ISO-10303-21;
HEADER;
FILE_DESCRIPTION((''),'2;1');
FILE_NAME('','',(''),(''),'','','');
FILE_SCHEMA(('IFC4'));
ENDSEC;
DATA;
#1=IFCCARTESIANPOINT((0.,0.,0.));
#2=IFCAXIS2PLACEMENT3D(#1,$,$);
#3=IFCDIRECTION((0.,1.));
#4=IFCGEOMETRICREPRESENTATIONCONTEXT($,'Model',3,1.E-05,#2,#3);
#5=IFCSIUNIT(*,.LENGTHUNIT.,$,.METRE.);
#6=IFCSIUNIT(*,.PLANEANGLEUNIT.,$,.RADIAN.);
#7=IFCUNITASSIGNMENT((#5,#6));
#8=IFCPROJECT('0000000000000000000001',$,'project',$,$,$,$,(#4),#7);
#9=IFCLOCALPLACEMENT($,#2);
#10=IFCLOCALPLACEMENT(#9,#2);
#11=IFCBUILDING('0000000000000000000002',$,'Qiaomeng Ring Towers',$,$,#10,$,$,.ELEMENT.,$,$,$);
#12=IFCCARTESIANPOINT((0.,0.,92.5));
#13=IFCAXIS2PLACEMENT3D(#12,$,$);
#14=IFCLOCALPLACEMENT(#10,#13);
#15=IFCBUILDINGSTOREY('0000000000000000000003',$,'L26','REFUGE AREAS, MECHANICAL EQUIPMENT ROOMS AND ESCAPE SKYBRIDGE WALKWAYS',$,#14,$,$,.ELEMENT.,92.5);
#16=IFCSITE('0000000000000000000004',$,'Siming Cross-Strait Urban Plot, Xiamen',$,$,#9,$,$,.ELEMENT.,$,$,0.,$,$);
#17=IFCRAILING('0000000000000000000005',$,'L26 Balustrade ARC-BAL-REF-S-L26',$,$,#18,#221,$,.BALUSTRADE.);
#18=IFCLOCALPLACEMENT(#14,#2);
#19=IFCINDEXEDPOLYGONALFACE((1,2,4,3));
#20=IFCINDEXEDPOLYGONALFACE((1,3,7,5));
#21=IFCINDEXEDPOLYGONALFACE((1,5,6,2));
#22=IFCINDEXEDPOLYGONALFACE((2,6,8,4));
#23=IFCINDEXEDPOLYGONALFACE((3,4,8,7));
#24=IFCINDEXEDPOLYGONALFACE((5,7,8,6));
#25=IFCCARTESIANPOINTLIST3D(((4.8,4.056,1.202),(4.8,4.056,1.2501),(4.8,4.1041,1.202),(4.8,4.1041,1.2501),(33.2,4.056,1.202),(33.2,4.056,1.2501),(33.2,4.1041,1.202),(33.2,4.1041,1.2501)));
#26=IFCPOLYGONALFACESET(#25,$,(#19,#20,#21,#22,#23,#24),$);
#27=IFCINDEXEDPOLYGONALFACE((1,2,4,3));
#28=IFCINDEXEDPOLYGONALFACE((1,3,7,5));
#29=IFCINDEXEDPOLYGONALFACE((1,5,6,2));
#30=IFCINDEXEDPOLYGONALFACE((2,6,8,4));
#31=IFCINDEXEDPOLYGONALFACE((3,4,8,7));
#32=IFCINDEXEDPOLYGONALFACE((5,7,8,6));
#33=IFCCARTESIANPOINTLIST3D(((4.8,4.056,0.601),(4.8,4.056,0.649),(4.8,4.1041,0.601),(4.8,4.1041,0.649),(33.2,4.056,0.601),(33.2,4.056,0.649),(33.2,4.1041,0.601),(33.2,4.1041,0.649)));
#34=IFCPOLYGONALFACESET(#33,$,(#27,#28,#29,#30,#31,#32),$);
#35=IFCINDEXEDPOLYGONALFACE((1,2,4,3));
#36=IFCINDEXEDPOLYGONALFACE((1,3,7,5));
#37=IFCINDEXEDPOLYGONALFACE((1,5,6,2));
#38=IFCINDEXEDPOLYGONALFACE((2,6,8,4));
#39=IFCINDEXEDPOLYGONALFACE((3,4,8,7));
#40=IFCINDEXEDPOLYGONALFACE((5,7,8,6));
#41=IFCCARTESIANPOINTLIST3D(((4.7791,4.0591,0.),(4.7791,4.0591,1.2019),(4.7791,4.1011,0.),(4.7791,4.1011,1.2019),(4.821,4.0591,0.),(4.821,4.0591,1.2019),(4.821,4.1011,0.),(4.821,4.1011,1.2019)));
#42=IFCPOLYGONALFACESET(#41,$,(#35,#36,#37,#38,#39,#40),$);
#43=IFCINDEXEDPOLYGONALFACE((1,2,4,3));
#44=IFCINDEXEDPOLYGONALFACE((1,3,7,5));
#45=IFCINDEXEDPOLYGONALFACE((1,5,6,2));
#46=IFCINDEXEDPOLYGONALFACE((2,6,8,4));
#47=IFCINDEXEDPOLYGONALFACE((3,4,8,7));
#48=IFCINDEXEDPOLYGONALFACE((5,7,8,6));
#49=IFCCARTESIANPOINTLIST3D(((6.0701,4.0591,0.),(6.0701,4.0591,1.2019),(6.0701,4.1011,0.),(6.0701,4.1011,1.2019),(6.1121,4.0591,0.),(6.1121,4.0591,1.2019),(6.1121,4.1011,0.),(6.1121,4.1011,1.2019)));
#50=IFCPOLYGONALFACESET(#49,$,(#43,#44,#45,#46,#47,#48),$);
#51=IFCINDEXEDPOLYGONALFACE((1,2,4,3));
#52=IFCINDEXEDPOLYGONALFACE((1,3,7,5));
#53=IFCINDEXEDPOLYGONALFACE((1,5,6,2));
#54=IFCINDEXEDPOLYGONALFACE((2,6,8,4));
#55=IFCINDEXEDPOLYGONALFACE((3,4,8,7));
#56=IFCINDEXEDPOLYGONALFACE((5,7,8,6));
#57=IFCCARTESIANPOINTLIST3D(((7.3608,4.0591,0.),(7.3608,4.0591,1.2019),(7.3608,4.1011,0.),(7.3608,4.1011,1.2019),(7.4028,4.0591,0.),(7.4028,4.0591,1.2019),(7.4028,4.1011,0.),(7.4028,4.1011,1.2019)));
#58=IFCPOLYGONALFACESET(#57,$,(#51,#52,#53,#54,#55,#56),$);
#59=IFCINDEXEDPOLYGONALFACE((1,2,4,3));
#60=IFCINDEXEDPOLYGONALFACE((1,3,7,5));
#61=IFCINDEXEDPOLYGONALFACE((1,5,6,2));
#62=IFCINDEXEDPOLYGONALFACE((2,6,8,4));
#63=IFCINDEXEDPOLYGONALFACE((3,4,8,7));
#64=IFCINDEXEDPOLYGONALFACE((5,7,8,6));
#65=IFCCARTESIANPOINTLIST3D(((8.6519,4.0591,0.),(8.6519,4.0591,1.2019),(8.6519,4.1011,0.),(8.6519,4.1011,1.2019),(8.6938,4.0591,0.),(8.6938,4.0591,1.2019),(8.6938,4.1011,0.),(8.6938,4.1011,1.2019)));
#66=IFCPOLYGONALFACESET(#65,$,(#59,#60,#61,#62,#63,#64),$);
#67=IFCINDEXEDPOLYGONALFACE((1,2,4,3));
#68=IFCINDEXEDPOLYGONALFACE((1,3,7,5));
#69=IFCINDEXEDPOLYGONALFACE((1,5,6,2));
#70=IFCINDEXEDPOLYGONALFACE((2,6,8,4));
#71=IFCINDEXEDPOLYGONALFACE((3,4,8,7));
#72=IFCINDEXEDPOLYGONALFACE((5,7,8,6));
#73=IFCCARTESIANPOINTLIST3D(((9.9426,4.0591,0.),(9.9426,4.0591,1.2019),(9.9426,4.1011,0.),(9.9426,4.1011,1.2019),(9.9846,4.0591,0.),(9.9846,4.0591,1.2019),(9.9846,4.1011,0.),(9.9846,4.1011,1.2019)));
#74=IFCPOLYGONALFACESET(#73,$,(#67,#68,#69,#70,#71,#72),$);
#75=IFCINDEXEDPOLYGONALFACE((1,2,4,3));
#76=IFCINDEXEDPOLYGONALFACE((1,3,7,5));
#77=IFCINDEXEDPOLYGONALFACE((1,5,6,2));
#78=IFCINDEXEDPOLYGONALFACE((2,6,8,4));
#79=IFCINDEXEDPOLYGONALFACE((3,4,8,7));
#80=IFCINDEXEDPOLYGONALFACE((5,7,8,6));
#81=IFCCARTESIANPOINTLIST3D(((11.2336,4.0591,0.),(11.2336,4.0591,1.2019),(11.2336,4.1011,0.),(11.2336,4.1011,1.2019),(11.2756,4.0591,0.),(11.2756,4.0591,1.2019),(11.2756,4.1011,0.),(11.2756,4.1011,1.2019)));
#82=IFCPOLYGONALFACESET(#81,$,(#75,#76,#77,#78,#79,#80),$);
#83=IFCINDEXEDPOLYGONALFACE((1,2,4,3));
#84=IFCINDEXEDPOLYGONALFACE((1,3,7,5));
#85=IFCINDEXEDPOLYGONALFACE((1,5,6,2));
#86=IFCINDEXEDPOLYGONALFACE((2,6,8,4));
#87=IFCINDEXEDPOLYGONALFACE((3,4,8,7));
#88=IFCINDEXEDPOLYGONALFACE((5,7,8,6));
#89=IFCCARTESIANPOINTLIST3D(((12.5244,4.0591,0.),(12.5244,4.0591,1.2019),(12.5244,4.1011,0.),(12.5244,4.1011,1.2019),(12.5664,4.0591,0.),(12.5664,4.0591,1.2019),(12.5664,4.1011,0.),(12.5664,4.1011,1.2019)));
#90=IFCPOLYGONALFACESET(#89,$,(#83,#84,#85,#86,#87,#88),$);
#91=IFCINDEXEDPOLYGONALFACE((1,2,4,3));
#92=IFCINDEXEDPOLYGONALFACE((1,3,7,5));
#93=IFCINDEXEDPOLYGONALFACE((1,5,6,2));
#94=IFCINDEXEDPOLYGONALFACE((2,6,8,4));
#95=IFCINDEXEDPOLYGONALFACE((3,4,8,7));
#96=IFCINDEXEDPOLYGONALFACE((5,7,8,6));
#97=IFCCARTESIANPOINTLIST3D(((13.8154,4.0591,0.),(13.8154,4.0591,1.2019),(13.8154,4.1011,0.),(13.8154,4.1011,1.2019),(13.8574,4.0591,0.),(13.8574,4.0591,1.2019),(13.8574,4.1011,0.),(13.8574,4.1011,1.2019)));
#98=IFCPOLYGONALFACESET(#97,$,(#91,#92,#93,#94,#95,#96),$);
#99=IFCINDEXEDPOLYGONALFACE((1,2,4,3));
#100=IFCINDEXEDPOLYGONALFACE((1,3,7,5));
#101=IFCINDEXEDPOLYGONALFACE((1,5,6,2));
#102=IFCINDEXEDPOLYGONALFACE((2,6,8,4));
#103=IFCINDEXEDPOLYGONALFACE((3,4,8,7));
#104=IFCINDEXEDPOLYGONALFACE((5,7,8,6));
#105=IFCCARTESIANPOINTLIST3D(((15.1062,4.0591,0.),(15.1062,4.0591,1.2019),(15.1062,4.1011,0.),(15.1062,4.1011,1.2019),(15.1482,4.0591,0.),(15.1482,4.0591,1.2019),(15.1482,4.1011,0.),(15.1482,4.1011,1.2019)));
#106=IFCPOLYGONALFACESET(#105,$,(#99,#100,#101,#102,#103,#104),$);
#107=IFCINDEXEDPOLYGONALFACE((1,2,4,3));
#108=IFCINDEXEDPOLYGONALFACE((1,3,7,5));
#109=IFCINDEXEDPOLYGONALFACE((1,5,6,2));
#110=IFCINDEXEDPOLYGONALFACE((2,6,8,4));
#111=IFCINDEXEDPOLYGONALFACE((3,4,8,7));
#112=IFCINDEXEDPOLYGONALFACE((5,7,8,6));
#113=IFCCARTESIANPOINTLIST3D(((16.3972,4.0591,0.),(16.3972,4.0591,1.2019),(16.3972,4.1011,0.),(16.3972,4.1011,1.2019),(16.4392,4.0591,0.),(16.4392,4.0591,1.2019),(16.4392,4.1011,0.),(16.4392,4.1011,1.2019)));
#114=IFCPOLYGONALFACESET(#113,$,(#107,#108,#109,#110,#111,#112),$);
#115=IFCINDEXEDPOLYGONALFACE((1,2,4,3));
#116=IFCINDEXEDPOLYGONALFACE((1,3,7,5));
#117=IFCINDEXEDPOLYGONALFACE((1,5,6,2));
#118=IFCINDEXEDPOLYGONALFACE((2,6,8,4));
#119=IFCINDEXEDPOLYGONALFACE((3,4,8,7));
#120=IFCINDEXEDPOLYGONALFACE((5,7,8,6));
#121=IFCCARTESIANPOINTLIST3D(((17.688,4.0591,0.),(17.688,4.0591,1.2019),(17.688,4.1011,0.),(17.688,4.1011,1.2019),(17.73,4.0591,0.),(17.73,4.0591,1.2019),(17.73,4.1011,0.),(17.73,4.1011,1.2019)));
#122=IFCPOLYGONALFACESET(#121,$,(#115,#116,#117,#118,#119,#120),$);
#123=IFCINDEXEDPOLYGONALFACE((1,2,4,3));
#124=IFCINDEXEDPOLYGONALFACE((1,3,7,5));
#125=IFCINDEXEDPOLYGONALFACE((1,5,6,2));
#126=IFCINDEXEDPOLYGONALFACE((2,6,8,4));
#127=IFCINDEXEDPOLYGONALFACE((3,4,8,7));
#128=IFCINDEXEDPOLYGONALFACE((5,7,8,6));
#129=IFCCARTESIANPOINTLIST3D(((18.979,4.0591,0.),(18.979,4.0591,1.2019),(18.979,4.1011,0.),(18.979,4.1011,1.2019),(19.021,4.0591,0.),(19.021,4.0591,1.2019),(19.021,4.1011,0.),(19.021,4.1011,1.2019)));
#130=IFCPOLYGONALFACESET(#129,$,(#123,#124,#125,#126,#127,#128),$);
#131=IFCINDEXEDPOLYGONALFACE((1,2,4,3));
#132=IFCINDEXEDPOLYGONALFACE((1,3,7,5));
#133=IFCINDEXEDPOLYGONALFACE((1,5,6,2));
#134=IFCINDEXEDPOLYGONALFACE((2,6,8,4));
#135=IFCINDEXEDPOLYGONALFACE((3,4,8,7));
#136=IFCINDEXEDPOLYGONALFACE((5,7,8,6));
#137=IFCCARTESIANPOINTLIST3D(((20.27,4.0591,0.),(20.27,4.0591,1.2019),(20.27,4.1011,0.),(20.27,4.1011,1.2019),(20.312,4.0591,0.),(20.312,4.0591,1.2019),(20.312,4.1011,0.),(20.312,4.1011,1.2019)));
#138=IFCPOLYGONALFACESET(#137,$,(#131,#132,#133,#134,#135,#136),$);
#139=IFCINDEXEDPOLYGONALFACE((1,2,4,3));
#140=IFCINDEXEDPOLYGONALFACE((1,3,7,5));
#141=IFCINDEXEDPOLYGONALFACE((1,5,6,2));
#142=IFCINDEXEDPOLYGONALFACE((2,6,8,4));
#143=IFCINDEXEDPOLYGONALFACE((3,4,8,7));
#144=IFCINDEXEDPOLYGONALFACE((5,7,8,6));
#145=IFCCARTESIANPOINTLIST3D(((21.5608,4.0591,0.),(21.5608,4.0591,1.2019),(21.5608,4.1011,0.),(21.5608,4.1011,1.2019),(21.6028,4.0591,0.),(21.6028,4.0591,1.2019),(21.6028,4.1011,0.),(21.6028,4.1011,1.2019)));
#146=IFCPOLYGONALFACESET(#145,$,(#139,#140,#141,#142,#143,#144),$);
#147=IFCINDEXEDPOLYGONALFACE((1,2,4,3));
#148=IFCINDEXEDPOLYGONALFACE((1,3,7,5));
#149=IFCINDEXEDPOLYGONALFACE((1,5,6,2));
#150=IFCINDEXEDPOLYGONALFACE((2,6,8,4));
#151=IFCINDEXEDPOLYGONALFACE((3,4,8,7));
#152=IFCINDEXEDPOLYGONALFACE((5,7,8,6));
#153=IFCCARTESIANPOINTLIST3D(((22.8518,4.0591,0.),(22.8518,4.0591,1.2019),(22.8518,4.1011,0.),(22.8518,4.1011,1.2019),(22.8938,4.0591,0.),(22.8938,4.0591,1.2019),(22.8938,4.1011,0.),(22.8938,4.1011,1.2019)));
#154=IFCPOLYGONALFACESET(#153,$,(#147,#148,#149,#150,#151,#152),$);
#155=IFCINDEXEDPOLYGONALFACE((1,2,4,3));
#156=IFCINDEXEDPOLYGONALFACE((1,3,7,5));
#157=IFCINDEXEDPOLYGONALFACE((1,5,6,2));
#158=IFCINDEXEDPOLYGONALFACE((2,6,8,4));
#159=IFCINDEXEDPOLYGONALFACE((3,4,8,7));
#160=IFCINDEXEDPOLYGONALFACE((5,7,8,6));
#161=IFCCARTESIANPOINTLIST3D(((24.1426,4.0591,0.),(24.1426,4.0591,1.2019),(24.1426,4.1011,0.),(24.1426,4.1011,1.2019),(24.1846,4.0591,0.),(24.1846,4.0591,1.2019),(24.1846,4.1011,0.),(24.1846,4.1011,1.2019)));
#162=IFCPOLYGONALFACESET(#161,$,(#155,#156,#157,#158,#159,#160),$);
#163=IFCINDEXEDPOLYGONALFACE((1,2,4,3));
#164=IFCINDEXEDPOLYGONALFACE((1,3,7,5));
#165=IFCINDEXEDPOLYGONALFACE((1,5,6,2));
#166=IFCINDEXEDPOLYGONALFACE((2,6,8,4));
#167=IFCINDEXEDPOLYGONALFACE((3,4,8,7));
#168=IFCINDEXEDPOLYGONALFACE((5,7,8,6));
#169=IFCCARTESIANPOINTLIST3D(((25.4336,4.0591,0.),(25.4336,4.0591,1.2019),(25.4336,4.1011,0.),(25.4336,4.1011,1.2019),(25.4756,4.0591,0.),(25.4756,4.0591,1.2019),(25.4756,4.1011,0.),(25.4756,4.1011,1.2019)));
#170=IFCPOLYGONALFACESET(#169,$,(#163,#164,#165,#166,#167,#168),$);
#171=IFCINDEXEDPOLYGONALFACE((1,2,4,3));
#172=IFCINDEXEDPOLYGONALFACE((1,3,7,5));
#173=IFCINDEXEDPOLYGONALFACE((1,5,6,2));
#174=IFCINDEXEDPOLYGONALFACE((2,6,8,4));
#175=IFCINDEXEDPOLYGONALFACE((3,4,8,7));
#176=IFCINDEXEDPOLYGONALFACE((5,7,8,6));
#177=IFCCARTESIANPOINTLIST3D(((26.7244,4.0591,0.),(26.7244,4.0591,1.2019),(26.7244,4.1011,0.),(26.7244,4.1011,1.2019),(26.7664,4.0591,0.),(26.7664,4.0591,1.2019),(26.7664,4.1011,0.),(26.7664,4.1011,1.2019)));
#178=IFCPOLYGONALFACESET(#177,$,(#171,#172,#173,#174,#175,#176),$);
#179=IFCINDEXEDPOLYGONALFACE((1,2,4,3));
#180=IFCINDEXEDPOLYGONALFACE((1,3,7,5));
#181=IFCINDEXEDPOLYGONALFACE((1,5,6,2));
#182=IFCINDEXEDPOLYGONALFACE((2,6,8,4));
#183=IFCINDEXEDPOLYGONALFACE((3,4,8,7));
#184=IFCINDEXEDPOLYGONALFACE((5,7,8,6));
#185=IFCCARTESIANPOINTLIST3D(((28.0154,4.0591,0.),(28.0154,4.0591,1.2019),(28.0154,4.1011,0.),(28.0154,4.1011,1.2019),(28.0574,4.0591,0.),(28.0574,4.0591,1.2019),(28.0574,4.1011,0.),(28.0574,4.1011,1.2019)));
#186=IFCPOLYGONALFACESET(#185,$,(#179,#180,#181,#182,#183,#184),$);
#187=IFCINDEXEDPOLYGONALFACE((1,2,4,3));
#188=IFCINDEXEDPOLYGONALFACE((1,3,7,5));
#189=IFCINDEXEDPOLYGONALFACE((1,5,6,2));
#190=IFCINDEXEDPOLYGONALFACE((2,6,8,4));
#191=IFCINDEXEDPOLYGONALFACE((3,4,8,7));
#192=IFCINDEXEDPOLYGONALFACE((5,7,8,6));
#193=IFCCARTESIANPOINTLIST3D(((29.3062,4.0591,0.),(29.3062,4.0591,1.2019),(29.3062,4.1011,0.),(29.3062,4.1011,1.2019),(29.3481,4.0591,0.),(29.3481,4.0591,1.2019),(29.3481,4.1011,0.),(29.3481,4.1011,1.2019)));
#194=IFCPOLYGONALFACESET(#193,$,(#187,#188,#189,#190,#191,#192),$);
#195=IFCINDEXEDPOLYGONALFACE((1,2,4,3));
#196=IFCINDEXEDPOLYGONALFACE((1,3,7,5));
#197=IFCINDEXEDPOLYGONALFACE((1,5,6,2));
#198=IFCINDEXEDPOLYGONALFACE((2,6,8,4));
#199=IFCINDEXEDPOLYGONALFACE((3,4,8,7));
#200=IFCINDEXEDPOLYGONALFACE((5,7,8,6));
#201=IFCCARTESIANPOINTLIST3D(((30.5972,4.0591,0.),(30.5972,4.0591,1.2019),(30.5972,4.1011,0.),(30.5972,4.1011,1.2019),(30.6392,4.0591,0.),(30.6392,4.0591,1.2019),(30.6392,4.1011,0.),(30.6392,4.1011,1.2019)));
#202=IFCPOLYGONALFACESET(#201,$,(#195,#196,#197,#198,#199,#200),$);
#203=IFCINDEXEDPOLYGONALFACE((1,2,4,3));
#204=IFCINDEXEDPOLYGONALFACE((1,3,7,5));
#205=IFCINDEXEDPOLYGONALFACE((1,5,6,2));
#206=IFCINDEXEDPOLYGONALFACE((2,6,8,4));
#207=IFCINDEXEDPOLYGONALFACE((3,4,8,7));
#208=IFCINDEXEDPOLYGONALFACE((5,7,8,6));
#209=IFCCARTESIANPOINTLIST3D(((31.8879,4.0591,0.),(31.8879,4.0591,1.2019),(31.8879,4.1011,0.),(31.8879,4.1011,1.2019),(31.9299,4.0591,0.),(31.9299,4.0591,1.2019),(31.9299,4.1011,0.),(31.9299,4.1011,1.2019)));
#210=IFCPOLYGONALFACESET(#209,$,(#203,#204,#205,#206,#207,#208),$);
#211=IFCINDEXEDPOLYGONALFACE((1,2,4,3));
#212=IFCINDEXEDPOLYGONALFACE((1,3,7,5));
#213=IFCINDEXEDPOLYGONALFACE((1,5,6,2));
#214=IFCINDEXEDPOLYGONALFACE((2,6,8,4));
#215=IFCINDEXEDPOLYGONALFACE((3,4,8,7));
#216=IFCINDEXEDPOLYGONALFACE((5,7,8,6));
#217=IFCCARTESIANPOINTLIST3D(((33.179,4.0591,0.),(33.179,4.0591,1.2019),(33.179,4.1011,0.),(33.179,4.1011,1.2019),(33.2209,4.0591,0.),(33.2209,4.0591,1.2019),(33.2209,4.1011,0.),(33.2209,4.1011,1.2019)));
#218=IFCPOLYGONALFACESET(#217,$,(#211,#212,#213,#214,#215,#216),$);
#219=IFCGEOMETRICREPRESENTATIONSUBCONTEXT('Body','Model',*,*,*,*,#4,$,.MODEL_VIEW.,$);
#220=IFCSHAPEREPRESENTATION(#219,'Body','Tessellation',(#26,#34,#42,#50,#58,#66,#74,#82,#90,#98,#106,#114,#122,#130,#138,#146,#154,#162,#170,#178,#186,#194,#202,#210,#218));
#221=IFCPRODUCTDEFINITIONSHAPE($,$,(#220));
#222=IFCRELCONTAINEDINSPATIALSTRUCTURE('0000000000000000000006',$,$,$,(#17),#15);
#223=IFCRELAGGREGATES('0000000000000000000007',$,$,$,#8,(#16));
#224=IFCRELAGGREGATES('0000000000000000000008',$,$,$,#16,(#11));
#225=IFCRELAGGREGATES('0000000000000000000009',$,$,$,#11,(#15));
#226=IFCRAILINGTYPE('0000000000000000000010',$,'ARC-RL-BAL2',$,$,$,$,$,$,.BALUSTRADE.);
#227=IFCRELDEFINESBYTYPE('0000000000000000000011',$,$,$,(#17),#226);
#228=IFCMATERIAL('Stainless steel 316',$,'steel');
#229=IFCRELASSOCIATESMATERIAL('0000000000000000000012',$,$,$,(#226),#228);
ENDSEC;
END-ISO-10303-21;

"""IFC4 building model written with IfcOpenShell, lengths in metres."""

from ifc_helpers import new_model, si_unit, direction, frame, origin, origin_2d, place, context, subcontext, project, spatial, rectangle, extrude, material, type_object, element, save


model = new_model("IFC4")

# Units and contexts
model_context = context("Model", 3, precision=1e-05, world=origin(), true_north=direction((0.0, 1.0)))
body_context = subcontext(model_context, "Body", "Model", "MODEL_VIEW")
ifc_project = project(units=[si_unit("LENGTHUNIT", "METRE"), si_unit("PLANEANGLEUNIT", "RADIAN")], contexts=[model_context])

# Site, building, storey
site_placement = place(None, origin())
site = spatial("IfcSite", under=ifc_project, at=site_placement, Name="Siming Cross-Strait Urban Plot, Xiamen", CompositionType="ELEMENT", RefElevation=0.0)
building_placement = place(site_placement, origin())
building = spatial("IfcBuilding", under=site, at=building_placement, Name="Qiaomeng Ring Towers", CompositionType="ELEMENT")
storey_placement = place(building_placement, frame((0.0, 0.0, 92.5)))
storey = spatial("IfcBuildingStorey", under=building, at=storey_placement, Name="L26", Description="REFUGE AREAS, MECHANICAL EQUIPMENT ROOMS AND ESCAPE SKYBRIDGE WALKWAYS", CompositionType="ELEMENT", Elevation=92.5)

# Railing
ifc_material_1 = material(Name="Stainless steel 316", Category="steel")
railing_type = type_object("IfcRailingType", Name="ARC-RL-BAL2", PredefinedType="BALUSTRADE", material=ifc_material_1)
railing_1_placement = place(storey_placement, frame((4.8, 4.0801, 0.0)))
element("IfcRailing", 1, at=railing_1_placement, inside=storey, type_object=railing_type, Name="L26 Balustrade ARC-BAL-REF-S-L26", PredefinedType="BALUSTRADE", context=body_context, shape_type="SweptSolid", body=[
    extrude(rectangle(XDim=0.0481, YDim=0.0481, at=origin_2d()), frame((0.0, 0.0, 1.2261), z_axis=(1.0, 0.0, 0.0), x_axis=(0.0, 1.0, 0.0)), (0.0, 0.0, 1.0), 28.3999),
    extrude(rectangle(XDim=0.0481, YDim=0.0481, at=origin_2d()), frame((0.0, 0.0, 0.625), z_axis=(1.0, 0.0, 0.0), x_axis=(0.0, 1.0, 0.0)), (0.0, 0.0, 1.0), 28.3999),
    extrude(rectangle(XDim=0.042, YDim=0.042, at=origin_2d()), origin(), (0.0, 0.0, 1.0), 1.2019),
    extrude(rectangle(XDim=0.042, YDim=0.042, at=origin_2d()), frame((1.291, 0.0, 0.0)), (0.0, 0.0, 1.0), 1.2019),
    extrude(rectangle(XDim=0.042, YDim=0.042, at=origin_2d()), frame((2.5818, 0.0, 0.0)), (0.0, 0.0, 1.0), 1.2019),
    extrude(rectangle(XDim=0.042, YDim=0.042, at=origin_2d()), frame((3.8728, 0.0, 0.0)), (0.0, 0.0, 1.0), 1.2019),
    extrude(rectangle(XDim=0.042, YDim=0.042, at=origin_2d()), frame((5.1636, 0.0, 0.0)), (0.0, 0.0, 1.0), 1.2019),
    extrude(rectangle(XDim=0.042, YDim=0.042, at=origin_2d()), frame((6.4546, 0.0, 0.0)), (0.0, 0.0, 1.0), 1.2019),
    extrude(rectangle(XDim=0.042, YDim=0.042, at=origin_2d()), frame((7.7454, 0.0, 0.0)), (0.0, 0.0, 1.0), 1.2019),
    extrude(rectangle(XDim=0.042, YDim=0.042, at=origin_2d()), frame((9.0364, 0.0, 0.0)), (0.0, 0.0, 1.0), 1.2019),
    extrude(rectangle(XDim=0.042, YDim=0.042, at=origin_2d()), frame((10.3271, 0.0, 0.0)), (0.0, 0.0, 1.0), 1.2019),
    extrude(rectangle(XDim=0.042, YDim=0.042, at=origin_2d()), frame((11.6182, 0.0, 0.0)), (0.0, 0.0, 1.0), 1.2019),
    extrude(rectangle(XDim=0.042, YDim=0.042, at=origin_2d()), frame((12.9089, 0.0, 0.0)), (0.0, 0.0, 1.0), 1.2019),
    extrude(rectangle(XDim=0.042, YDim=0.042, at=origin_2d()), frame((14.2, 0.0, 0.0)), (0.0, 0.0, 1.0), 1.2019),
    extrude(rectangle(XDim=0.042, YDim=0.042, at=origin_2d()), frame((15.491, 0.0, 0.0)), (0.0, 0.0, 1.0), 1.2019),
    extrude(rectangle(XDim=0.042, YDim=0.042, at=origin_2d()), frame((16.7817, 0.0, 0.0)), (0.0, 0.0, 1.0), 1.2019),
    extrude(rectangle(XDim=0.042, YDim=0.042, at=origin_2d()), frame((18.0728, 0.0, 0.0)), (0.0, 0.0, 1.0), 1.2019),
    extrude(rectangle(XDim=0.042, YDim=0.042, at=origin_2d()), frame((19.3635, 0.0, 0.0)), (0.0, 0.0, 1.0), 1.2019),
    extrude(rectangle(XDim=0.042, YDim=0.042, at=origin_2d()), frame((20.6545, 0.0, 0.0)), (0.0, 0.0, 1.0), 1.2019),
    extrude(rectangle(XDim=0.042, YDim=0.042, at=origin_2d()), frame((21.9453, 0.0, 0.0)), (0.0, 0.0, 1.0), 1.2019),
    extrude(rectangle(XDim=0.042, YDim=0.042, at=origin_2d()), frame((23.2363, 0.0, 0.0)), (0.0, 0.0, 1.0), 1.2019),
    extrude(rectangle(XDim=0.042, YDim=0.042, at=origin_2d()), frame((24.5271, 0.0, 0.0)), (0.0, 0.0, 1.0), 1.2019),
    extrude(rectangle(XDim=0.042, YDim=0.042, at=origin_2d()), frame((25.8181, 0.0, 0.0)), (0.0, 0.0, 1.0), 1.2019),
    extrude(rectangle(XDim=0.042, YDim=0.042, at=origin_2d()), frame((27.1089, 0.0, 0.0)), (0.0, 0.0, 1.0), 1.2019),
    extrude(rectangle(XDim=0.042, YDim=0.042, at=origin_2d()), frame((28.3999, 0.0, 0.0)), (0.0, 0.0, 1.0), 1.2019),
])

save(model, "model.ifc")
